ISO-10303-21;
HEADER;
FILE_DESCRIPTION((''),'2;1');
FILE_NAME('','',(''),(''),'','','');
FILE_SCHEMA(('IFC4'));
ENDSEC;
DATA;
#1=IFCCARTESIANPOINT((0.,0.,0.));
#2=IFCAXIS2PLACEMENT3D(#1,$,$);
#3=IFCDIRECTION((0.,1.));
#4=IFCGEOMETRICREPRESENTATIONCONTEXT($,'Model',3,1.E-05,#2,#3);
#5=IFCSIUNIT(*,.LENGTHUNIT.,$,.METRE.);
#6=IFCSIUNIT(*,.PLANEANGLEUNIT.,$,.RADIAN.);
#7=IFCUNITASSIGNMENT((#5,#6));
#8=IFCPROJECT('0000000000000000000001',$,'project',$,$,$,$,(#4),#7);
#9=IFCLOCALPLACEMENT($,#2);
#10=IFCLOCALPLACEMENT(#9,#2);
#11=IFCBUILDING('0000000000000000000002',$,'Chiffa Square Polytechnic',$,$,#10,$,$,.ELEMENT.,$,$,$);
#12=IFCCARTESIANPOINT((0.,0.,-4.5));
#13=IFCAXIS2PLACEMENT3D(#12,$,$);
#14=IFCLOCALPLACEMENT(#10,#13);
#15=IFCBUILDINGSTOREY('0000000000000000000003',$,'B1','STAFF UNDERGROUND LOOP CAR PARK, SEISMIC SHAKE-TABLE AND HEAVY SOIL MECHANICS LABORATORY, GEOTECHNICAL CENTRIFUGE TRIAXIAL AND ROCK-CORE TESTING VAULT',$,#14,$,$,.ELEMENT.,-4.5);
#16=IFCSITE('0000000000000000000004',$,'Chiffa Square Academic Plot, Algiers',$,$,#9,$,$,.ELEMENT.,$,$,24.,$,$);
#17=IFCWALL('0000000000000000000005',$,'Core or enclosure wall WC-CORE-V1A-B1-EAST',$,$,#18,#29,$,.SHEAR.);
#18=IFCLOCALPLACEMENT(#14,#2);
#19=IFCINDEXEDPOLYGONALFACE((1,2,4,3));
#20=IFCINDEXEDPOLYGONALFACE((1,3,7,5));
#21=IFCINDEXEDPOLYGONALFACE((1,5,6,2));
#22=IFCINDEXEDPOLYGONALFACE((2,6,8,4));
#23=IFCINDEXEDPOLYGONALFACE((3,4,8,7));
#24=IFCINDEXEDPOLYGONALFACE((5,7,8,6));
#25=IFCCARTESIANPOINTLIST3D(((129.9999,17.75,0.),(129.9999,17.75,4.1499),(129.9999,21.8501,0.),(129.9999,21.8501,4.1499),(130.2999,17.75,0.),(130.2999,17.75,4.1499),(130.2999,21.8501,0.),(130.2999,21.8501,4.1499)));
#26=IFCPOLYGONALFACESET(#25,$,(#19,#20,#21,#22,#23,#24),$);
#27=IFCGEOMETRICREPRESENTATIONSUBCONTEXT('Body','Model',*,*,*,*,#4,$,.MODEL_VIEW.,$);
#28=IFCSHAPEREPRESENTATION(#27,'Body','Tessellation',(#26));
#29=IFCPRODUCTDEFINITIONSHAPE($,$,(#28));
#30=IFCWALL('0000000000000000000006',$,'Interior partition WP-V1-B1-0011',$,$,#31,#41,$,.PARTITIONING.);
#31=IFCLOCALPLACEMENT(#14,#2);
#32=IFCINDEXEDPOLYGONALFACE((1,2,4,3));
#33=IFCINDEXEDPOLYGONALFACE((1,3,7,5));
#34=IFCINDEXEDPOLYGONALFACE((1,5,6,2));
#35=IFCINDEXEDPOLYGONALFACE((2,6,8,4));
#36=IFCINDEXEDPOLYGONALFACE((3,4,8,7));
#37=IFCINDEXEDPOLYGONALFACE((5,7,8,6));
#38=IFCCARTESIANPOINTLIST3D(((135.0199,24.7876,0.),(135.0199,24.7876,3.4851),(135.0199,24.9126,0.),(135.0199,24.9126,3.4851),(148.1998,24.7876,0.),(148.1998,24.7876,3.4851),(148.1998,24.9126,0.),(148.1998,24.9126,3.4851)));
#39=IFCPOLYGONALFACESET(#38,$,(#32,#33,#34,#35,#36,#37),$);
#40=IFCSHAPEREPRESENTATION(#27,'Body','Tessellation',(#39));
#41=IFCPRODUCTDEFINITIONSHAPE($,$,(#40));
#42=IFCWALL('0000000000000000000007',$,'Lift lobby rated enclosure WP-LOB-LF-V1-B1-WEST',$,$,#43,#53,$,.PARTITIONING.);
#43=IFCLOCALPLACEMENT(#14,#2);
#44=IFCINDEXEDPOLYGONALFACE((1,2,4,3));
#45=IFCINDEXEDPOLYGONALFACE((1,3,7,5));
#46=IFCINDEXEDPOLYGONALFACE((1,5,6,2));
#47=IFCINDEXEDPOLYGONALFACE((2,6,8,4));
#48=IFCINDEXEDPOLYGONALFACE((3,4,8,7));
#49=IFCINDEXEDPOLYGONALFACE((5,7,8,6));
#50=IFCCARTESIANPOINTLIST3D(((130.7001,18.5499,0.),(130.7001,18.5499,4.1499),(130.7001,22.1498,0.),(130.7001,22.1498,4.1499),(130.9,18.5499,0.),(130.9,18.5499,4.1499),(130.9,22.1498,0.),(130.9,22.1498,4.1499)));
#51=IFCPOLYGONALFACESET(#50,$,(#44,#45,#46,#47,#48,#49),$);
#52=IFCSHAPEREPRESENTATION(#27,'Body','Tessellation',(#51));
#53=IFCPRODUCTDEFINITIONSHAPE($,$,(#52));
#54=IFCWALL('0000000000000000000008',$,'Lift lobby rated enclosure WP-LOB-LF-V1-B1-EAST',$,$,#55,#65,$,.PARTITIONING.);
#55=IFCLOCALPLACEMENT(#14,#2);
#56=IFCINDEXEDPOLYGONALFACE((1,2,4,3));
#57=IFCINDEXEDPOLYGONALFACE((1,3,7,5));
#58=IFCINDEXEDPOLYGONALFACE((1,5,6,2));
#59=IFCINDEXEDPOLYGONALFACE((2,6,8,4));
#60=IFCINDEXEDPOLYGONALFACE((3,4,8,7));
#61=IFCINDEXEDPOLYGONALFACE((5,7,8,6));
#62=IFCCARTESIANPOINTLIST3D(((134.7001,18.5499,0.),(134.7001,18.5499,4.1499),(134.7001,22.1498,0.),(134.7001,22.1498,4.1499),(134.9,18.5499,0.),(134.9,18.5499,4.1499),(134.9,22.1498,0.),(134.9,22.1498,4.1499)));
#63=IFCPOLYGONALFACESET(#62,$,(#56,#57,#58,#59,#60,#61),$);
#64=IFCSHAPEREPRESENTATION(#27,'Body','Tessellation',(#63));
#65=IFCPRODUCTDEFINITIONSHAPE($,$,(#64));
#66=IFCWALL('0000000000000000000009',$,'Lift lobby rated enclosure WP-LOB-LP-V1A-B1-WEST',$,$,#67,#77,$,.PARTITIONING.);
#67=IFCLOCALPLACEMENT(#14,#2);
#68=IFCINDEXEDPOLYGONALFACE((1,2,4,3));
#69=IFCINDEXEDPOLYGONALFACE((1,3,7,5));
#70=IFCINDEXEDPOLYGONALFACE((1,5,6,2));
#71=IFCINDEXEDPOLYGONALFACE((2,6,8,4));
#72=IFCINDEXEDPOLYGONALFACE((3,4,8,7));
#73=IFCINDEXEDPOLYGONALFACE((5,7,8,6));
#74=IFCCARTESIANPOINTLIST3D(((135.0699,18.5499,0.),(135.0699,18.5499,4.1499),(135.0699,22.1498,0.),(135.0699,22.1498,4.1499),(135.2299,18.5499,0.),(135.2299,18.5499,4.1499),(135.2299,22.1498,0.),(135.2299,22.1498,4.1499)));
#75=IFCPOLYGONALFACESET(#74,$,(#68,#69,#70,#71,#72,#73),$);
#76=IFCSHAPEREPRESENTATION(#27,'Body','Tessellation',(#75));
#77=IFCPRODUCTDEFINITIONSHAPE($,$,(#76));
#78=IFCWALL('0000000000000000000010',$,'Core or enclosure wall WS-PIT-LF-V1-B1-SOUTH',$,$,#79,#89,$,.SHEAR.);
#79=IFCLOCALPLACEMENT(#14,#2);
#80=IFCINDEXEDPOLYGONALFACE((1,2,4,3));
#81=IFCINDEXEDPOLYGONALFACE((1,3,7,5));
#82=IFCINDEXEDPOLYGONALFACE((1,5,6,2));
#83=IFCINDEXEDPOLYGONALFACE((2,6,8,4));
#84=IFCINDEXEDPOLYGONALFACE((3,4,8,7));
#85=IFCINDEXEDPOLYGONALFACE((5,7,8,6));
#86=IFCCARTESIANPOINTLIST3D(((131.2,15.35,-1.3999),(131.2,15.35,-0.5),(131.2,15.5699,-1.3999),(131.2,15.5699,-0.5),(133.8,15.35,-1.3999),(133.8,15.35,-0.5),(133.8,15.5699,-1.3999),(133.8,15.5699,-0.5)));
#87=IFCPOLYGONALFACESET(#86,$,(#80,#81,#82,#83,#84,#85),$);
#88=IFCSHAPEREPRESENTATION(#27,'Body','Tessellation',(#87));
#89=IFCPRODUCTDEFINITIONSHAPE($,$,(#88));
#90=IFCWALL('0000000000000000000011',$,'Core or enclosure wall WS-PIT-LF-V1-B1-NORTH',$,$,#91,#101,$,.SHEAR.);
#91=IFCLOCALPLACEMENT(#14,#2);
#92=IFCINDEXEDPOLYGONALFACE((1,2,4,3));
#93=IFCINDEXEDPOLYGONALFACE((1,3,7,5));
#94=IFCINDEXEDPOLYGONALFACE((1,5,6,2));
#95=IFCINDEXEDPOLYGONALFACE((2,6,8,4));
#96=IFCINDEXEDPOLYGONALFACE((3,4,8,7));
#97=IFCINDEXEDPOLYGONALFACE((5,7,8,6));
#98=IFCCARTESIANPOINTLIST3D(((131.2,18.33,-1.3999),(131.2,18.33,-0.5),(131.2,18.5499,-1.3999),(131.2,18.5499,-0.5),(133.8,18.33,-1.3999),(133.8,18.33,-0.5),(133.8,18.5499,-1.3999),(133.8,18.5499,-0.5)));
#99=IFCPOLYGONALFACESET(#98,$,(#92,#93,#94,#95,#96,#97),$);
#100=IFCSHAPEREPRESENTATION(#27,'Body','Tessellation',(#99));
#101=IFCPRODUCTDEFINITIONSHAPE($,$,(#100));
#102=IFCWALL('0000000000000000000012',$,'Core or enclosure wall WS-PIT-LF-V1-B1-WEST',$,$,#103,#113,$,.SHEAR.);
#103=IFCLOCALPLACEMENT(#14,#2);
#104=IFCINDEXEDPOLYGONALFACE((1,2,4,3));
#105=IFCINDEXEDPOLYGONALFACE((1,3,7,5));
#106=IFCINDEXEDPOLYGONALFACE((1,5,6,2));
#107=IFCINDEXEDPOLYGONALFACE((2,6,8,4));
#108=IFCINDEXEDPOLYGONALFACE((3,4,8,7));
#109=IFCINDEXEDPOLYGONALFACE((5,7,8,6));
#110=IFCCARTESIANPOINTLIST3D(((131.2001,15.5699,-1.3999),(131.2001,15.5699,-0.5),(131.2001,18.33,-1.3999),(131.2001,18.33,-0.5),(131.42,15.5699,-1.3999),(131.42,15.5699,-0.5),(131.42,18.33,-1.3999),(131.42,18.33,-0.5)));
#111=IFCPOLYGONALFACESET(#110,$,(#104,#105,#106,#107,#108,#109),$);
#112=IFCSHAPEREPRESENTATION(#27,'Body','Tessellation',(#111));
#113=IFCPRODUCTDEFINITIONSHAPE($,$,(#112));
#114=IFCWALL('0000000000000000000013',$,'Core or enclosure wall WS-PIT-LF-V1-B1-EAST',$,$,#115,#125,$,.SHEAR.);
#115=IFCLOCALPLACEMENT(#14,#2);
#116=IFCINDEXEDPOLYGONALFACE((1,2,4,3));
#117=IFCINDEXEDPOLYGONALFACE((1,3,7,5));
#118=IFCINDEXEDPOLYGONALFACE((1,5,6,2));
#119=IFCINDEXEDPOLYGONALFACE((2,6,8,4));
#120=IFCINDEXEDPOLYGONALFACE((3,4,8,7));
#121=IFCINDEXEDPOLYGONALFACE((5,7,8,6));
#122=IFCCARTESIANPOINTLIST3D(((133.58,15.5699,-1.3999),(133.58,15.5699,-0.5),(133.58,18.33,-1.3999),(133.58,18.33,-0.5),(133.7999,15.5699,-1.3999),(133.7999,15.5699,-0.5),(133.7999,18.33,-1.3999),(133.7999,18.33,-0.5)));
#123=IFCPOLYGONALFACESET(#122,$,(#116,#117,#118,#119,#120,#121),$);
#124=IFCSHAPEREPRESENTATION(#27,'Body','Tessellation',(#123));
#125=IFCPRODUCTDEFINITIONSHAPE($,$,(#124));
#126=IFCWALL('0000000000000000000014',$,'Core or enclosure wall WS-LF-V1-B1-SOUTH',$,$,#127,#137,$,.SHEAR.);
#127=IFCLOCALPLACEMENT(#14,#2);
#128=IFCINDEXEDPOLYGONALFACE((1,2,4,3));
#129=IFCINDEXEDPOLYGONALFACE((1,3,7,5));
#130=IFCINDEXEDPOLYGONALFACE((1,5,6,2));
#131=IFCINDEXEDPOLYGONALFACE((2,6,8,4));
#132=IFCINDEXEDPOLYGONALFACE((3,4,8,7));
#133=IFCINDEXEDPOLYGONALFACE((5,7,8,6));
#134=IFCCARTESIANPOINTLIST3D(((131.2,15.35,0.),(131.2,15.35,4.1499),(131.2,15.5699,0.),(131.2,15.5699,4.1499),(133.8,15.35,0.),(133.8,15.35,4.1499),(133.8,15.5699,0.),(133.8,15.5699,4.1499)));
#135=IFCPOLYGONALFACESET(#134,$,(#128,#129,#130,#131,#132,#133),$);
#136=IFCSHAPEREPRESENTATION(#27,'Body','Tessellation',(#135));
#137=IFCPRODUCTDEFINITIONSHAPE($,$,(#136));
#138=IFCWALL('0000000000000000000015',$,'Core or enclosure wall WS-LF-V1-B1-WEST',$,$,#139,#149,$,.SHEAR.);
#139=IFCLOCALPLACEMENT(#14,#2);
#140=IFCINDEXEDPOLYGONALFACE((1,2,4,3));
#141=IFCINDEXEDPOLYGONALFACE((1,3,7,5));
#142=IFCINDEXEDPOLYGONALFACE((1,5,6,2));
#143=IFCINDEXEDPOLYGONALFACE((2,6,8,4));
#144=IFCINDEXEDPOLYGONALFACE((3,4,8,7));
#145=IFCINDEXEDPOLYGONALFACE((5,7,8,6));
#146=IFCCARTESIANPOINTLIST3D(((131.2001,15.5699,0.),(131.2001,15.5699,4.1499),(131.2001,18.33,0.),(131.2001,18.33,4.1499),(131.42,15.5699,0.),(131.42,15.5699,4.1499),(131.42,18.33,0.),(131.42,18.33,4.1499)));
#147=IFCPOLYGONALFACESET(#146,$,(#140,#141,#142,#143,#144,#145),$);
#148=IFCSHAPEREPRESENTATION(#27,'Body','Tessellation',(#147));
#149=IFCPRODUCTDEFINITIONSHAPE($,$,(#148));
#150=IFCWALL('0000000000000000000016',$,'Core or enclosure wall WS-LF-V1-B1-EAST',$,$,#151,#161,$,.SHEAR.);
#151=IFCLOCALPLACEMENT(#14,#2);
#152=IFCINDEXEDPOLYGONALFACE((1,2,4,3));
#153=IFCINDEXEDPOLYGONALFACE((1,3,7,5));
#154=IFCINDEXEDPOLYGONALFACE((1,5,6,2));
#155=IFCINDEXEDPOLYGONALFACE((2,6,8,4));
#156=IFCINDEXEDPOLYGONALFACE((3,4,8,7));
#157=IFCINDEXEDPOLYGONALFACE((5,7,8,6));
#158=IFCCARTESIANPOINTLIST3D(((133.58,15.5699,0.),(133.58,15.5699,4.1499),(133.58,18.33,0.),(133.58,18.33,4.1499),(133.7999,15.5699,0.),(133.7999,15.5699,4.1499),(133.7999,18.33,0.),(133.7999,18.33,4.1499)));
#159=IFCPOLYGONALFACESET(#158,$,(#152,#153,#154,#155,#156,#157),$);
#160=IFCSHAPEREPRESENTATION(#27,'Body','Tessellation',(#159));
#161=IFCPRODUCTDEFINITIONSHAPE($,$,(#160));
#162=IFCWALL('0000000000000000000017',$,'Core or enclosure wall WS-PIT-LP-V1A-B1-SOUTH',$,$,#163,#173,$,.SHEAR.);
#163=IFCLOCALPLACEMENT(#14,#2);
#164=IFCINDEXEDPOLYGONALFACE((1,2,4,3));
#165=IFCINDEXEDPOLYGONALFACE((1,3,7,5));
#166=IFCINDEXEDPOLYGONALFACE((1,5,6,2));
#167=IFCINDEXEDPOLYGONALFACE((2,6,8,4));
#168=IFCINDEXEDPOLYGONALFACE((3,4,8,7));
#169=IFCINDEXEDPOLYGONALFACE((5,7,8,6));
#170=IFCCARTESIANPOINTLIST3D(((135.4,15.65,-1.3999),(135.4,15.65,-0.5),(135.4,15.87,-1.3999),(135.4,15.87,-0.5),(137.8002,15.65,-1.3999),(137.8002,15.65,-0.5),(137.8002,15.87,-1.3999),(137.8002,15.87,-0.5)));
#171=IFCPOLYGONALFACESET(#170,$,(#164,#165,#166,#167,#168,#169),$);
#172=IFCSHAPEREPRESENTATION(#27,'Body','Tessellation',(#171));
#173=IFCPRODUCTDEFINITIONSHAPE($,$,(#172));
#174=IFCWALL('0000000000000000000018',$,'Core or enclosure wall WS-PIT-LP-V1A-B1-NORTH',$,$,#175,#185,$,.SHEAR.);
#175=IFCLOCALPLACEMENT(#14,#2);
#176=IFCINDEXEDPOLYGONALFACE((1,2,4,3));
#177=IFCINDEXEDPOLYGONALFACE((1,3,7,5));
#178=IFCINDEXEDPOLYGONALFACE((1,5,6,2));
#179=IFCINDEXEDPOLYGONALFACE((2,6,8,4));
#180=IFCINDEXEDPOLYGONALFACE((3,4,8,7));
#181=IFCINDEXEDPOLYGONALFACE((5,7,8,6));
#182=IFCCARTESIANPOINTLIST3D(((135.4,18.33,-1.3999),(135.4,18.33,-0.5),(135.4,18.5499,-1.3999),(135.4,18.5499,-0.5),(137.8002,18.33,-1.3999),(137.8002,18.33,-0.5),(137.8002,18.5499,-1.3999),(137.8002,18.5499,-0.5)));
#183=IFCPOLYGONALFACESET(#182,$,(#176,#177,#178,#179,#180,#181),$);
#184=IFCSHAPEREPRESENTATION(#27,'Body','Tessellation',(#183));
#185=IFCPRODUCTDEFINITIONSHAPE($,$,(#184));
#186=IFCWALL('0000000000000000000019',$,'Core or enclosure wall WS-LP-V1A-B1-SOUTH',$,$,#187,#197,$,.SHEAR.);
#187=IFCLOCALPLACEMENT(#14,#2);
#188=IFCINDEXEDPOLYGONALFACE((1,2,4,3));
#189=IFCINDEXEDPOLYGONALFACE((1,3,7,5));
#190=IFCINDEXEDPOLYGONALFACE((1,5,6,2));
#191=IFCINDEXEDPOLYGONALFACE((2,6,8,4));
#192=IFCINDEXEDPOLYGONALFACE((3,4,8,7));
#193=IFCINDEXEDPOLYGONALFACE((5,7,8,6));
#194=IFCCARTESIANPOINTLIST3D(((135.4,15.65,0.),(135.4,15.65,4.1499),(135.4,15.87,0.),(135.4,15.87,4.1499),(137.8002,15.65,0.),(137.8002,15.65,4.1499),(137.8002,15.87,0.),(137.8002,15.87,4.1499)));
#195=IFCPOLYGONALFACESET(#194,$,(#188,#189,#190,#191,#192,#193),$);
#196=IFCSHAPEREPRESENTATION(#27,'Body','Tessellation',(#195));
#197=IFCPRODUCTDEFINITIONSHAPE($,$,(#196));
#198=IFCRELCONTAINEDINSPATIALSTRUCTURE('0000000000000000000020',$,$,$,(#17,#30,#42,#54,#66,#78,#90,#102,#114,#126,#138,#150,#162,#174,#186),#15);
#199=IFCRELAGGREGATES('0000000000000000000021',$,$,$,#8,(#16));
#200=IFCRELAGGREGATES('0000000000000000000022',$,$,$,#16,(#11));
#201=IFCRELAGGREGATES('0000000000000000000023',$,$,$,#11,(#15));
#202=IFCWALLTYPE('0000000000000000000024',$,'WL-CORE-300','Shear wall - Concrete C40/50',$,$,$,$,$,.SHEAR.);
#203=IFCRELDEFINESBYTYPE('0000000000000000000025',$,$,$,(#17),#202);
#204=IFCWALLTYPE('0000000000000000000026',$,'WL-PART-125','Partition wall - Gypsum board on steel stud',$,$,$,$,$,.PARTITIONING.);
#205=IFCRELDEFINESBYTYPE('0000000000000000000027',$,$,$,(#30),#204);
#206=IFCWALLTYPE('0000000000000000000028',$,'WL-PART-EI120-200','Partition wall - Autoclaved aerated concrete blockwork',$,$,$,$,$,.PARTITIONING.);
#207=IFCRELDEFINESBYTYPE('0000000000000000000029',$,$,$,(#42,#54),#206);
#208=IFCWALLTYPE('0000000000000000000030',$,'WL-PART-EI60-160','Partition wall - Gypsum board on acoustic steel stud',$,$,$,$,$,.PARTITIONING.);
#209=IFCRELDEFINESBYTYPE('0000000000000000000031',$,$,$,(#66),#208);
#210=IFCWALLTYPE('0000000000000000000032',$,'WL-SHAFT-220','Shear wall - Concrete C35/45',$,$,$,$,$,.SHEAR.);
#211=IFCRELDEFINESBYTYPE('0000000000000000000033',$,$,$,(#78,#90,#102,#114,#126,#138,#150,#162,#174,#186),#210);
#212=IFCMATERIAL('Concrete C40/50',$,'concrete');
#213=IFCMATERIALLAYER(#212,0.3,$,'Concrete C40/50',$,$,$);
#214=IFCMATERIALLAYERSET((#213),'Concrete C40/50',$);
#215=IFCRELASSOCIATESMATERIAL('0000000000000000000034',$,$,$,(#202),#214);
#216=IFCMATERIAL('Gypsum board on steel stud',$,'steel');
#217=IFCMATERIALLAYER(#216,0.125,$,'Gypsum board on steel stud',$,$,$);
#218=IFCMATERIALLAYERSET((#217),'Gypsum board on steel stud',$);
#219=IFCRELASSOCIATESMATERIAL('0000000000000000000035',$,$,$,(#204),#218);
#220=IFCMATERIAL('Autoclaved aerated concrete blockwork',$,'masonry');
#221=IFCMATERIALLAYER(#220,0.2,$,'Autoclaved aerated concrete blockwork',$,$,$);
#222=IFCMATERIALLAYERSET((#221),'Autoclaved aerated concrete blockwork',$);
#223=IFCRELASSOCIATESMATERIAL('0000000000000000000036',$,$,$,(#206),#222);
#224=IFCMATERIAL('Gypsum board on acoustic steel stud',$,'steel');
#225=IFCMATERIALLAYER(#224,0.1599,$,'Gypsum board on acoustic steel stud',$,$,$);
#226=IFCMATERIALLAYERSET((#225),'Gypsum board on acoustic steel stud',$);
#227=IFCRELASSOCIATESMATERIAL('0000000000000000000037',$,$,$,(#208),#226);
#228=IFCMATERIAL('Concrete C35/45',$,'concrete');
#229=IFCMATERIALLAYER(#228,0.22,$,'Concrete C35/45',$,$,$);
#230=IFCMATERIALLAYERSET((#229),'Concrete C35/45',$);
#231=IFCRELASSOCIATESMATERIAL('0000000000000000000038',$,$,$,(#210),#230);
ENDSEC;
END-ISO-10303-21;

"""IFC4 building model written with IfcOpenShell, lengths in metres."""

from ifc_helpers import new_model, si_unit, direction, frame, frame_2d, origin, place, context, subcontext, project, spatial, rectangle, extrude, material, layer, layer_set, type_object, element, save


model = new_model("IFC4")

# Units and contexts
model_context = context("Model", 3, precision=1e-05, world=origin(), true_north=direction((0.0, 1.0)))
body_context = subcontext(model_context, "Body", "Model", "MODEL_VIEW")
ifc_project = project(units=[si_unit("LENGTHUNIT", "METRE"), si_unit("PLANEANGLEUNIT", "RADIAN")], contexts=[model_context])

# Site, building, storey
site_placement = place(None, origin())
site = spatial("IfcSite", under=ifc_project, at=site_placement, Name="Chiffa Square Academic Plot, Algiers", CompositionType="ELEMENT", RefElevation=24.0)
building_placement = place(site_placement, origin())
building = spatial("IfcBuilding", under=site, at=building_placement, Name="Chiffa Square Polytechnic", CompositionType="ELEMENT")
storey_placement = place(building_placement, frame((0.0, 0.0, -4.5)))
storey = spatial("IfcBuildingStorey", under=building, at=storey_placement, Name="B1", Description="STAFF UNDERGROUND LOOP CAR PARK, SEISMIC SHAKE-TABLE AND HEAVY SOIL MECHANICS LABORATORY, GEOTECHNICAL CENTRIFUGE TRIAXIAL AND ROCK-CORE TESTING VAULT", CompositionType="ELEMENT", Elevation=-4.5)

# Shared definitions
ifc_material_1 = material(Name="Concrete C35/45", Category="concrete")

# Shared definitions
ifc_material_2 = material(Name="Concrete C40/50", Category="concrete")

# Walls
ifc_layer_1 = layer(ifc_material_2, 0.3, Name="Concrete C40/50")
ifc_layer_set_1 = layer_set([ifc_layer_1], Name="Concrete C40/50")
wall_type_1 = type_object("IfcWallType", Name="WL-CORE-300", Description="Shear wall - Concrete C40/50", PredefinedType="SHEAR", material=ifc_layer_set_1)
wall_1_placement = place(storey_placement, frame((130.1499, 17.75, 0.0), z_axis=(0.0, 0.0, 1.0), x_axis=(0.0, 1.0, 0.0)))
element("IfcWall", 1, at=wall_1_placement, inside=storey, type_object=wall_type_1, Name="Core or enclosure wall WC-CORE-V1A-B1-EAST", PredefinedType="SHEAR", context=body_context, shape_type="SweptSolid", body=[
    extrude(rectangle(XDim=4.1001, YDim=0.3, at=frame_2d((2.05, 0.0))), origin(), (0.0, 0.0, 1.0), 4.1499),
])
ifc_material_3 = material(Name="Gypsum board on steel stud", Category="steel")
ifc_layer_2 = layer(ifc_material_3, 0.125, Name="Gypsum board on steel stud")
ifc_layer_set_2 = layer_set([ifc_layer_2], Name="Gypsum board on steel stud")
wall_type_2 = type_object("IfcWallType", Name="WL-PART-125", Description="Partition wall - Gypsum board on steel stud", PredefinedType="PARTITIONING", material=ifc_layer_set_2)
wall_2_placement = place(storey_placement, frame((135.02, 24.8501, 0.0), z_axis=(0.0, 0.0, 1.0), x_axis=(1.0, 0.0, 0.0)))
element("IfcWall", 2, at=wall_2_placement, inside=storey, type_object=wall_type_2, Name="Interior partition WP-V1-B1-0011", PredefinedType="PARTITIONING", context=body_context, shape_type="SweptSolid", body=[
    extrude(rectangle(XDim=13.1799, YDim=0.125, at=frame_2d((6.5898, 0.0))), origin(), (0.0, 0.0, 1.0), 3.4851),
])

# Shared definitions
ifc_material_4 = material(Name="Autoclaved aerated concrete blockwork", Category="masonry")
ifc_layer_3 = layer(ifc_material_4, 0.2, Name="Autoclaved aerated concrete blockwork")
ifc_layer_set_3 = layer_set([ifc_layer_3], Name="Autoclaved aerated concrete blockwork")
wall_type_3 = type_object("IfcWallType", Name="WL-PART-EI120-200", Description="Partition wall - Autoclaved aerated concrete blockwork", PredefinedType="PARTITIONING", material=ifc_layer_set_3)

# Walls
for number, where, z_axis, x_axis, name in (
    (3, (130.8, 18.55, 0.0), (0.0, 0.0, 1.0), (0.0, 1.0, 0.0), "Lift lobby rated enclosure WP-LOB-LF-V1-B1-WEST"),
    (4, (134.8, 18.55, 0.0), (0.0, 0.0, 1.0), (0.0, 1.0, 0.0), "Lift lobby rated enclosure WP-LOB-LF-V1-B1-EAST"),
):
    element("IfcWall", number, at=place(storey_placement, frame(where, z_axis=z_axis, x_axis=x_axis)), inside=storey, type_object=wall_type_3, Name=name, PredefinedType="PARTITIONING", context=body_context, shape_type="SweptSolid", body=[
        extrude(rectangle(XDim=3.5999, YDim=0.2, at=frame_2d((1.7998, 0.0))), origin(), (0.0, 0.0, 1.0), 4.1499),
    ])

# Shared definitions
ifc_material_5 = material(Name="Gypsum board on acoustic steel stud", Category="steel")
ifc_layer_4 = layer(ifc_material_5, 0.1599, Name="Gypsum board on acoustic steel stud")
ifc_layer_set_4 = layer_set([ifc_layer_4], Name="Gypsum board on acoustic steel stud")
wall_type_4 = type_object("IfcWallType", Name="WL-PART-EI60-160", Description="Partition wall - Gypsum board on acoustic steel stud", PredefinedType="PARTITIONING", material=ifc_layer_set_4)

# Walls
wall_3_placement = place(storey_placement, frame((135.1499, 18.55, 0.0), z_axis=(0.0, 0.0, 1.0), x_axis=(0.0, 1.0, 0.0)))
element("IfcWall", 5, at=wall_3_placement, inside=storey, type_object=wall_type_4, Name="Lift lobby rated enclosure WP-LOB-LP-V1A-B1-WEST", PredefinedType="PARTITIONING", context=body_context, shape_type="SweptSolid", body=[
    extrude(rectangle(XDim=3.5999, YDim=0.1599, at=frame_2d((1.7998, 0.0))), origin(), (0.0, 0.0, 1.0), 4.1499),
])
ifc_layer_5 = layer(ifc_material_1, 0.22, Name="Concrete C35/45")
ifc_layer_set_5 = layer_set([ifc_layer_5], Name="Concrete C35/45")
wall_type_5 = type_object("IfcWallType", Name="WL-SHAFT-220", Description="Shear wall - Concrete C35/45", PredefinedType="SHEAR", material=ifc_layer_set_5)
for number, where, z_axis, x_axis, name in (
    (6, (131.2, 15.46, -1.3999), (0.0, 0.0, 1.0), (1.0, 0.0, 0.0), "Core or enclosure wall WS-PIT-LF-V1-B1-SOUTH"),
    (7, (131.2, 18.4399, -1.3999), (0.0, 0.0, 1.0), (1.0, 0.0, 0.0), "Core or enclosure wall WS-PIT-LF-V1-B1-NORTH"),
):
    element("IfcWall", number, at=place(storey_placement, frame(where, z_axis=z_axis, x_axis=x_axis)), inside=storey, type_object=wall_type_5, Name=name, PredefinedType="SHEAR", context=body_context, shape_type="SweptSolid", body=[
        extrude(rectangle(XDim=2.6001, YDim=0.22, at=frame_2d((1.3, 0.0))), origin(), (0.0, 0.0, 1.0), 0.8999),
    ])
for number, where, z_axis, x_axis, name in (
    (8, (131.3101, 15.5701, -1.3999), (0.0, 0.0, 1.0), (0.0, 1.0, 0.0), "Core or enclosure wall WS-PIT-LF-V1-B1-WEST"),
    (9, (133.6899, 15.5701, -1.3999), (0.0, 0.0, 1.0), (0.0, 1.0, 0.0), "Core or enclosure wall WS-PIT-LF-V1-B1-EAST"),
):
    element("IfcWall", number, at=place(storey_placement, frame(where, z_axis=z_axis, x_axis=x_axis)), inside=storey, type_object=wall_type_5, Name=name, PredefinedType="SHEAR", context=body_context, shape_type="SweptSolid", body=[
        extrude(rectangle(XDim=2.76, YDim=0.22, at=frame_2d((1.3799, 0.0))), origin(), (0.0, 0.0, 1.0), 0.8999),
    ])
wall_4_placement = place(storey_placement, frame((131.2, 15.46, 0.0), z_axis=(0.0, 0.0, 1.0), x_axis=(1.0, 0.0, 0.0)))
element("IfcWall", 10, at=wall_4_placement, inside=storey, type_object=wall_type_5, Name="Core or enclosure wall WS-LF-V1-B1-SOUTH", PredefinedType="SHEAR", context=body_context, shape_type="SweptSolid", body=[
    extrude(rectangle(XDim=2.6001, YDim=0.22, at=frame_2d((1.3, 0.0))), origin(), (0.0, 0.0, 1.0), 4.1499),
])

# Walls
for number, where, z_axis, x_axis, name in (
    (11, (131.3101, 15.5701, 0.0), (0.0, 0.0, 1.0), (0.0, 1.0, 0.0), "Core or enclosure wall WS-LF-V1-B1-WEST"),
    (12, (133.6899, 15.5701, 0.0), (0.0, 0.0, 1.0), (0.0, 1.0, 0.0), "Core or enclosure wall WS-LF-V1-B1-EAST"),
):
    element("IfcWall", number, at=place(storey_placement, frame(where, z_axis=z_axis, x_axis=x_axis)), inside=storey, type_object=wall_type_5, Name=name, PredefinedType="SHEAR", context=body_context, shape_type="SweptSolid", body=[
        extrude(rectangle(XDim=2.76, YDim=0.22, at=frame_2d((1.3799, 0.0))), origin(), (0.0, 0.0, 1.0), 4.1499),
    ])
for number, where, z_axis, x_axis, name in (
    (13, (135.3999, 15.76, -1.3999), (0.0, 0.0, 1.0), (1.0, 0.0, 0.0), "Core or enclosure wall WS-PIT-LP-V1A-B1-SOUTH"),
    (14, (135.3999, 18.4399, -1.3999), (0.0, 0.0, 1.0), (1.0, 0.0, 0.0), "Core or enclosure wall WS-PIT-LP-V1A-B1-NORTH"),
):
    element("IfcWall", number, at=place(storey_placement, frame(where, z_axis=z_axis, x_axis=x_axis)), inside=storey, type_object=wall_type_5, Name=name, PredefinedType="SHEAR", context=body_context, shape_type="SweptSolid", body=[
        extrude(rectangle(XDim=2.4001, YDim=0.22, at=frame_2d((1.2002, 0.0))), origin(), (0.0, 0.0, 1.0), 0.8999),
    ])
wall_5_placement = place(storey_placement, frame((135.3999, 15.76, 0.0), z_axis=(0.0, 0.0, 1.0), x_axis=(1.0, 0.0, 0.0)))
element("IfcWall", 15, at=wall_5_placement, inside=storey, type_object=wall_type_5, Name="Core or enclosure wall WS-LP-V1A-B1-SOUTH", PredefinedType="SHEAR", context=body_context, shape_type="SweptSolid", body=[
    extrude(rectangle(XDim=2.4001, YDim=0.22, at=frame_2d((1.2002, 0.0))), origin(), (0.0, 0.0, 1.0), 4.1499),
])

save(model, "model.ifc")
